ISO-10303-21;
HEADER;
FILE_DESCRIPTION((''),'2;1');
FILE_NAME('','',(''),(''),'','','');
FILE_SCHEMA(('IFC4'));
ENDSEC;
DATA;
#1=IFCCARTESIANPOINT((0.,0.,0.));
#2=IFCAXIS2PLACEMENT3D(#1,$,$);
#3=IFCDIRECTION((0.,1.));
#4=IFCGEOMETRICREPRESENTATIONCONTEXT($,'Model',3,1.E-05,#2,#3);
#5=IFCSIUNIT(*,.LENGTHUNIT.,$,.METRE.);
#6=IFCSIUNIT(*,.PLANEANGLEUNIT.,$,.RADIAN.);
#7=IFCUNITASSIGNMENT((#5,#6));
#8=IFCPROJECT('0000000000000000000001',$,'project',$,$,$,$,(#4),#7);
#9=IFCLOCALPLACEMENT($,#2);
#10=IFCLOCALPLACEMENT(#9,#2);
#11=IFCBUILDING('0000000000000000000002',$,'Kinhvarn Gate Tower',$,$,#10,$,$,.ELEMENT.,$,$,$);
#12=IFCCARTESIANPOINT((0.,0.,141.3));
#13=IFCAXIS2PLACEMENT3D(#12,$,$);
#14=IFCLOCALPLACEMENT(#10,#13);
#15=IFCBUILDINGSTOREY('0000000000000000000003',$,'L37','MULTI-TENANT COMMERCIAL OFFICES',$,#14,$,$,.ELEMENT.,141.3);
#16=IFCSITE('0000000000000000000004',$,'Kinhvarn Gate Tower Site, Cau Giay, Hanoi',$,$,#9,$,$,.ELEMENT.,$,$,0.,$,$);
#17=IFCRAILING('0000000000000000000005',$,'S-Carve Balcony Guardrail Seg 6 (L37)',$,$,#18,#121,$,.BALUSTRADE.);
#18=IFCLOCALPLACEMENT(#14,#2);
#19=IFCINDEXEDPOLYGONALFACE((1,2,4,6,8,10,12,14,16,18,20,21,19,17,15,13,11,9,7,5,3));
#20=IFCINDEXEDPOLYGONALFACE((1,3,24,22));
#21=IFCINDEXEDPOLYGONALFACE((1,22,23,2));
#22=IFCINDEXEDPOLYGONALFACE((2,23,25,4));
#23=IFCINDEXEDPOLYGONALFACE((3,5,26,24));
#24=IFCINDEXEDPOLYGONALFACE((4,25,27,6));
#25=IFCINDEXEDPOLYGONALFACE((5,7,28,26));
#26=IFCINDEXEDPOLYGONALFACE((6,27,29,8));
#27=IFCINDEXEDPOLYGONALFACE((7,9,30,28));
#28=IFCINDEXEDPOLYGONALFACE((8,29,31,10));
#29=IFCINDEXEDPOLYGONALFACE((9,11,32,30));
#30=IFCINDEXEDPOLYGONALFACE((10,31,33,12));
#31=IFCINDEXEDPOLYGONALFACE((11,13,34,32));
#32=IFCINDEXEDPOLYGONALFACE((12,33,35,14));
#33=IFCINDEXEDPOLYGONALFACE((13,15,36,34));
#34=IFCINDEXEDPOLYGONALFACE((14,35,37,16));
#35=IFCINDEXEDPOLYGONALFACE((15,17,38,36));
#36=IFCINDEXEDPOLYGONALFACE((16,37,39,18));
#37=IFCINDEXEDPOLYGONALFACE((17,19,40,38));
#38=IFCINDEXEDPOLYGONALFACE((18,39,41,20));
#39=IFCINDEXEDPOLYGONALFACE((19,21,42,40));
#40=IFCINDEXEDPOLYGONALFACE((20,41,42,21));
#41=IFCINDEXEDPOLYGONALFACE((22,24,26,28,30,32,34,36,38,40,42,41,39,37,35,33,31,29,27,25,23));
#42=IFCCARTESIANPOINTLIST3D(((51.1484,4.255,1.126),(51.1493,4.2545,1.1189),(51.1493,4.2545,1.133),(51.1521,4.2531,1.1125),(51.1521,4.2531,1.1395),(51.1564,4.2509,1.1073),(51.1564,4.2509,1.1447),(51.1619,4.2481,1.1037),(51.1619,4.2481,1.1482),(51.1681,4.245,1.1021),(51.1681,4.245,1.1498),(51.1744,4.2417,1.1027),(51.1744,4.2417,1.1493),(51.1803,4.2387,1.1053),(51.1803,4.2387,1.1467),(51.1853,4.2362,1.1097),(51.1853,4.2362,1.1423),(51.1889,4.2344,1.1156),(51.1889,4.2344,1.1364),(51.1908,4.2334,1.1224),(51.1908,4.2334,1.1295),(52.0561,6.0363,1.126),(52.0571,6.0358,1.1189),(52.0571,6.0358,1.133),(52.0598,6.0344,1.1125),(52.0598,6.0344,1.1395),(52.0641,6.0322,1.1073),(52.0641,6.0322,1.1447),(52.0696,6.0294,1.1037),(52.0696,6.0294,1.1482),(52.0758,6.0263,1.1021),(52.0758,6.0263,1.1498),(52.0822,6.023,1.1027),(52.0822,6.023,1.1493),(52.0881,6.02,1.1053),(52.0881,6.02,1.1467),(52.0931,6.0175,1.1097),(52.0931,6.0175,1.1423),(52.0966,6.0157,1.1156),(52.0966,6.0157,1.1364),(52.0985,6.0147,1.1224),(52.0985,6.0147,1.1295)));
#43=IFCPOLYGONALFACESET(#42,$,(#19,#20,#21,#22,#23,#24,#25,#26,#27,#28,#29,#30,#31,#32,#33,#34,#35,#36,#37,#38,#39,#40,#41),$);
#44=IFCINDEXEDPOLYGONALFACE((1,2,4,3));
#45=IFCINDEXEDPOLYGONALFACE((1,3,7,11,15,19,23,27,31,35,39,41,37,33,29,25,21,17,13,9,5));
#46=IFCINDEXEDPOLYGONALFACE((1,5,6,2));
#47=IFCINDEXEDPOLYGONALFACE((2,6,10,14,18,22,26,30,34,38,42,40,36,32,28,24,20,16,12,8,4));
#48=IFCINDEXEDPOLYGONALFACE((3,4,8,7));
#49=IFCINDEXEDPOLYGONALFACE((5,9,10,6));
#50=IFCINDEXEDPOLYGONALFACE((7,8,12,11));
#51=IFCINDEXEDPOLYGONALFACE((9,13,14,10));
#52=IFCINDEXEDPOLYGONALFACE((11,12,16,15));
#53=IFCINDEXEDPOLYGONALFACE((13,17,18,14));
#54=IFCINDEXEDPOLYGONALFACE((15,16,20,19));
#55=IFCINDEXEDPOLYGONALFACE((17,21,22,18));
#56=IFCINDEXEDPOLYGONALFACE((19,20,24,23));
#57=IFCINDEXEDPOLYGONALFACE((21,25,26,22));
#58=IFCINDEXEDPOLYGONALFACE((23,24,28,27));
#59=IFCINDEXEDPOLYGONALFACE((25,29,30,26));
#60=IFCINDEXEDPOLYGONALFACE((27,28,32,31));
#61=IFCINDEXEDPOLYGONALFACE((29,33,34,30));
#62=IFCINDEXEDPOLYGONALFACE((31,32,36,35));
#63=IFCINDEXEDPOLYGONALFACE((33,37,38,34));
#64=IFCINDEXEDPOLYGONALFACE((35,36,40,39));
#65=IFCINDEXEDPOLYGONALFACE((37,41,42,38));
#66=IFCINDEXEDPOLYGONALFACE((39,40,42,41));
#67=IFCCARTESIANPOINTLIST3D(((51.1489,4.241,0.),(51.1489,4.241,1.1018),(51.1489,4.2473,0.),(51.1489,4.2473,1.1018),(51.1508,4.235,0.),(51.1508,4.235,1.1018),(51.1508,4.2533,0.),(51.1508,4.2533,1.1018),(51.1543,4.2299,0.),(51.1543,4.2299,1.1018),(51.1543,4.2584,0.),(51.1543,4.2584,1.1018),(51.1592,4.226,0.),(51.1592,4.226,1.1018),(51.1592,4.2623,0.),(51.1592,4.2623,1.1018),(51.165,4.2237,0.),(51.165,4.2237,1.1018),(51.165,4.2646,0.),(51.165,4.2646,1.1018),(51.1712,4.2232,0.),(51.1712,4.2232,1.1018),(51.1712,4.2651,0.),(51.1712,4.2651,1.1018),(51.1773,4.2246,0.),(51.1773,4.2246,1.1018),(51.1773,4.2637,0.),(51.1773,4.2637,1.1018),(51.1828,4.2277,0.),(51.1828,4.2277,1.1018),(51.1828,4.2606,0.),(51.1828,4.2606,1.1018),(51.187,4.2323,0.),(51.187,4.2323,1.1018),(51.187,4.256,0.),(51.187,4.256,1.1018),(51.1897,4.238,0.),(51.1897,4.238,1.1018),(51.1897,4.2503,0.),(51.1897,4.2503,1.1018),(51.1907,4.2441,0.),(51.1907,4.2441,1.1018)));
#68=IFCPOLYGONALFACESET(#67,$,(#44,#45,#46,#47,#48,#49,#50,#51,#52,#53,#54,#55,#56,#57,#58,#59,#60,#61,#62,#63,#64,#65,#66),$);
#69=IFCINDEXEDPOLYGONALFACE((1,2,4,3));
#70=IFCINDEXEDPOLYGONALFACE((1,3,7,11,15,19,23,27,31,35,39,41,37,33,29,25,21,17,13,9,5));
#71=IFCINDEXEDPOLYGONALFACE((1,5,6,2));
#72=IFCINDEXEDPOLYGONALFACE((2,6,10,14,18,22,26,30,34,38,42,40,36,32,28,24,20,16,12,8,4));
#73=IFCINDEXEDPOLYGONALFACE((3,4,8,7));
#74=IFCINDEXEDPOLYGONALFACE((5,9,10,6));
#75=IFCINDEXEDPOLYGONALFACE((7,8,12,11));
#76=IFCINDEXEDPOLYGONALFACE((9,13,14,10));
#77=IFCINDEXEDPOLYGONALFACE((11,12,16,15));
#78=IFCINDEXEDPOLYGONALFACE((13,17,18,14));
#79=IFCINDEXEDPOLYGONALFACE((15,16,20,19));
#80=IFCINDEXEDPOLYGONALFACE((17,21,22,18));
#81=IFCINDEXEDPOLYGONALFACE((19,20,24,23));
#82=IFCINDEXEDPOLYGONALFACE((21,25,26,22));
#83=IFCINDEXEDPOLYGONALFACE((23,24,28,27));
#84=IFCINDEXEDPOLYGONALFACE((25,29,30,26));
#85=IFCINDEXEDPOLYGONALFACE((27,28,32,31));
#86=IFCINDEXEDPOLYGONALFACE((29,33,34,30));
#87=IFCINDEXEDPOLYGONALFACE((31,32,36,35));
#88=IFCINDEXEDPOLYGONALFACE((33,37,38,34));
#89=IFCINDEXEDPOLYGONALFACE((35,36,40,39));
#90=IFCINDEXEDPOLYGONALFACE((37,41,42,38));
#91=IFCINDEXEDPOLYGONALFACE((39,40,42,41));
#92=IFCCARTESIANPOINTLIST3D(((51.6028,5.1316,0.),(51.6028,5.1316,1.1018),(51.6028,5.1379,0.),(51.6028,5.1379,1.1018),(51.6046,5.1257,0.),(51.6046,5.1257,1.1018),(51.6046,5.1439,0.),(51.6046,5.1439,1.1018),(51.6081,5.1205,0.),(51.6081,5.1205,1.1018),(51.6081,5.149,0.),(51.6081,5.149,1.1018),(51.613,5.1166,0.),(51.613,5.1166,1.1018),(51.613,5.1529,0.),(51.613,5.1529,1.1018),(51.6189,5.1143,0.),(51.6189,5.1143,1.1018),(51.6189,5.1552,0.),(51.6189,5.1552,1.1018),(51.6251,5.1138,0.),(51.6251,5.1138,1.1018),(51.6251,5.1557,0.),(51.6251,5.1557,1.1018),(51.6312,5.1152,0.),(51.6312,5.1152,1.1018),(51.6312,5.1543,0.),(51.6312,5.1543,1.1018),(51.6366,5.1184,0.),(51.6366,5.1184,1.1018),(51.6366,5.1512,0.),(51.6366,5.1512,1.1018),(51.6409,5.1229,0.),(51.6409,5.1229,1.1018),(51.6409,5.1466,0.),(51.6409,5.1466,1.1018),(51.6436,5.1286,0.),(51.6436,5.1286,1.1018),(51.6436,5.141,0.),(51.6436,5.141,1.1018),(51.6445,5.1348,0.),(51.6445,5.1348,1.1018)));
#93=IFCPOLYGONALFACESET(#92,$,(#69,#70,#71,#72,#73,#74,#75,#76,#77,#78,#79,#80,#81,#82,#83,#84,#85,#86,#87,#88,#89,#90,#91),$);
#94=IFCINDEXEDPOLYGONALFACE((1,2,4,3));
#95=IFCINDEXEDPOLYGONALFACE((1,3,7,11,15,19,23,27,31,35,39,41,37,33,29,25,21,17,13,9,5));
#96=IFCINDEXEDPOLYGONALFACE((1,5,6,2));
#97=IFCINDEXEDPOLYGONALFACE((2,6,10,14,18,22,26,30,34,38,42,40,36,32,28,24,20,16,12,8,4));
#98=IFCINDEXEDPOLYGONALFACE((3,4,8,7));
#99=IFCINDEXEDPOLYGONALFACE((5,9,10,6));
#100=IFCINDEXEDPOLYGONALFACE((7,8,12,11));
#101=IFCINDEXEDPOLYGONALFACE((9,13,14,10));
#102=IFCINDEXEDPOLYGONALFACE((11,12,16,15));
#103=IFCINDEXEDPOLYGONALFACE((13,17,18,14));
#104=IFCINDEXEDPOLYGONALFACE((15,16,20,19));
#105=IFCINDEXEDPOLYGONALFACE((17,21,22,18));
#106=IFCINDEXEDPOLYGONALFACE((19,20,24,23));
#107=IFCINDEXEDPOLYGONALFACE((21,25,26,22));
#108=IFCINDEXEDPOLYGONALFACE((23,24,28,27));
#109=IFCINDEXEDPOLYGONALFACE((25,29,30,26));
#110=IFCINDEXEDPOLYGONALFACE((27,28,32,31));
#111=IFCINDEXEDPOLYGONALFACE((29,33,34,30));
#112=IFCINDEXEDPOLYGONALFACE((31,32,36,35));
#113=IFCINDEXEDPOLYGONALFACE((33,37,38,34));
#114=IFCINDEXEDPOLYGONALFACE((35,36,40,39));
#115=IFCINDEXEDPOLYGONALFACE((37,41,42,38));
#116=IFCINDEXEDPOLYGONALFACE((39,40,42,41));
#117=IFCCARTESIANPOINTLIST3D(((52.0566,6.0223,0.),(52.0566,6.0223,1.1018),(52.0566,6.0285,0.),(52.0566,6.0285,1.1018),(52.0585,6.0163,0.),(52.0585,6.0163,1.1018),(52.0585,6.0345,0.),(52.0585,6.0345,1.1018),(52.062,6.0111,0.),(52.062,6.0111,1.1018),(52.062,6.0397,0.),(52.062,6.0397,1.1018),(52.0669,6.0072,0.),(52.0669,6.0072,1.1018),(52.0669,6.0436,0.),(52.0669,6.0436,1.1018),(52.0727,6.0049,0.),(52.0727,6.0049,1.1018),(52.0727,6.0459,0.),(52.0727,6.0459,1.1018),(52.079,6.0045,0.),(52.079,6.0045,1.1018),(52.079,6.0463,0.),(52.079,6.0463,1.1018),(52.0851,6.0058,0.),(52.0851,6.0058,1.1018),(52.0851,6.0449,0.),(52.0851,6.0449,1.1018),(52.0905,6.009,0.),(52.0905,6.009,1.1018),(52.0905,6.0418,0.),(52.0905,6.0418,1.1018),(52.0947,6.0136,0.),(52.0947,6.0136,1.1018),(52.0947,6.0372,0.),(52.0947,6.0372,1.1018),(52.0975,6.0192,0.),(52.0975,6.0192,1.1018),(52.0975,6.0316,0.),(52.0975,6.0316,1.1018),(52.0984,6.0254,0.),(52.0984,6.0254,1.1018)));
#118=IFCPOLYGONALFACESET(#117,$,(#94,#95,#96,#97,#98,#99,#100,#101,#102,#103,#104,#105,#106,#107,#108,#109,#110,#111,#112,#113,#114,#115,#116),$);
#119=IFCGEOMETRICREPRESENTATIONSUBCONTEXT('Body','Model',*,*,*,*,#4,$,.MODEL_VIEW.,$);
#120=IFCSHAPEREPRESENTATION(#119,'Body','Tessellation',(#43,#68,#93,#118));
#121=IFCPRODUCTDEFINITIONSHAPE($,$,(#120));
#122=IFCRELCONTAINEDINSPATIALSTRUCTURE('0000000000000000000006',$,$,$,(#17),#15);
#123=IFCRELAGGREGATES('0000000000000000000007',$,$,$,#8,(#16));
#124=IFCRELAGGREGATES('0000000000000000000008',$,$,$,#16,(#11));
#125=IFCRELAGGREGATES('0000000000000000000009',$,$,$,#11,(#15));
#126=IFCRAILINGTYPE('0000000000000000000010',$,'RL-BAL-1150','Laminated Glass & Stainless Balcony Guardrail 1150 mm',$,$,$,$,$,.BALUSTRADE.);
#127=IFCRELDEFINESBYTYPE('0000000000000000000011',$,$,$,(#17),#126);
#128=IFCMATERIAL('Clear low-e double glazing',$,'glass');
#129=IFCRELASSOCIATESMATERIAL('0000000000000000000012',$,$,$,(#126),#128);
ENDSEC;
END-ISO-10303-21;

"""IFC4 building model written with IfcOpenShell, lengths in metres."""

from ifc_helpers import new_model, si_unit, direction, frame, origin, origin_2d, place, context, subcontext, project, spatial, circle, extrude, material, type_object, element, save


model = new_model("IFC4")

# Units and contexts
model_context = context("Model", 3, precision=1e-05, world=origin(), true_north=direction((0.0, 1.0)))
body_context = subcontext(model_context, "Body", "Model", "MODEL_VIEW")
ifc_project = project(units=[si_unit("LENGTHUNIT", "METRE"), si_unit("PLANEANGLEUNIT", "RADIAN")], contexts=[model_context])

# Site, building, storey
site_placement = place(None, origin())
site = spatial("IfcSite", under=ifc_project, at=site_placement, Name="Kinhvarn Gate Tower Site, Cau Giay, Hanoi", CompositionType="ELEMENT", RefElevation=0.0)
building_placement = place(site_placement, origin())
building = spatial("IfcBuilding", under=site, at=building_placement, Name="Kinhvarn Gate Tower", CompositionType="ELEMENT")
storey_placement = place(building_placement, frame((0.0, 0.0, 141.3)))
storey = spatial("IfcBuildingStorey", under=building, at=storey_placement, Name="L37", Description="MULTI-TENANT COMMERCIAL OFFICES", CompositionType="ELEMENT", Elevation=141.3)

# Shared definitions
ifc_material_1 = material(Name="Clear low-e double glazing", Category="glass")

# Railing
railing_type = type_object("IfcRailingType", Name="RL-BAL-1150", Description="Laminated Glass & Stainless Balcony Guardrail 1150 mm", PredefinedType="BALUSTRADE", material=ifc_material_1)
railing_1_placement = place(storey_placement, frame((51.1697, 4.2441, 0.0)))
element("IfcRailing", 1, at=railing_1_placement, inside=storey, type_object=railing_type, Name="S-Carve Balcony Guardrail Seg 6 (L37)", PredefinedType="BALUSTRADE", context=body_context, shape_type="SweptSolid", body=[
    extrude(circle(Radius=0.0239, at=origin_2d()), frame((0.0, 0.0, 1.126), z_axis=(0.454039, 0.890982, 0.0), x_axis=(-0.890982, 0.454039, 0.0)), (0.0, 0.0, 1.0), 1.9993),
    extrude(circle(Radius=0.021, at=origin_2d()), origin(), (0.0, 0.0, 1.0), 1.1018),
    extrude(circle(Radius=0.021, at=origin_2d()), frame((0.4539, 0.8906, 0.0)), (0.0, 0.0, 1.0), 1.1018),
    extrude(circle(Radius=0.021, at=origin_2d()), frame((0.9077, 1.7812, 0.0)), (0.0, 0.0, 1.0), 1.1018),
])

save(model, "model.ifc")
